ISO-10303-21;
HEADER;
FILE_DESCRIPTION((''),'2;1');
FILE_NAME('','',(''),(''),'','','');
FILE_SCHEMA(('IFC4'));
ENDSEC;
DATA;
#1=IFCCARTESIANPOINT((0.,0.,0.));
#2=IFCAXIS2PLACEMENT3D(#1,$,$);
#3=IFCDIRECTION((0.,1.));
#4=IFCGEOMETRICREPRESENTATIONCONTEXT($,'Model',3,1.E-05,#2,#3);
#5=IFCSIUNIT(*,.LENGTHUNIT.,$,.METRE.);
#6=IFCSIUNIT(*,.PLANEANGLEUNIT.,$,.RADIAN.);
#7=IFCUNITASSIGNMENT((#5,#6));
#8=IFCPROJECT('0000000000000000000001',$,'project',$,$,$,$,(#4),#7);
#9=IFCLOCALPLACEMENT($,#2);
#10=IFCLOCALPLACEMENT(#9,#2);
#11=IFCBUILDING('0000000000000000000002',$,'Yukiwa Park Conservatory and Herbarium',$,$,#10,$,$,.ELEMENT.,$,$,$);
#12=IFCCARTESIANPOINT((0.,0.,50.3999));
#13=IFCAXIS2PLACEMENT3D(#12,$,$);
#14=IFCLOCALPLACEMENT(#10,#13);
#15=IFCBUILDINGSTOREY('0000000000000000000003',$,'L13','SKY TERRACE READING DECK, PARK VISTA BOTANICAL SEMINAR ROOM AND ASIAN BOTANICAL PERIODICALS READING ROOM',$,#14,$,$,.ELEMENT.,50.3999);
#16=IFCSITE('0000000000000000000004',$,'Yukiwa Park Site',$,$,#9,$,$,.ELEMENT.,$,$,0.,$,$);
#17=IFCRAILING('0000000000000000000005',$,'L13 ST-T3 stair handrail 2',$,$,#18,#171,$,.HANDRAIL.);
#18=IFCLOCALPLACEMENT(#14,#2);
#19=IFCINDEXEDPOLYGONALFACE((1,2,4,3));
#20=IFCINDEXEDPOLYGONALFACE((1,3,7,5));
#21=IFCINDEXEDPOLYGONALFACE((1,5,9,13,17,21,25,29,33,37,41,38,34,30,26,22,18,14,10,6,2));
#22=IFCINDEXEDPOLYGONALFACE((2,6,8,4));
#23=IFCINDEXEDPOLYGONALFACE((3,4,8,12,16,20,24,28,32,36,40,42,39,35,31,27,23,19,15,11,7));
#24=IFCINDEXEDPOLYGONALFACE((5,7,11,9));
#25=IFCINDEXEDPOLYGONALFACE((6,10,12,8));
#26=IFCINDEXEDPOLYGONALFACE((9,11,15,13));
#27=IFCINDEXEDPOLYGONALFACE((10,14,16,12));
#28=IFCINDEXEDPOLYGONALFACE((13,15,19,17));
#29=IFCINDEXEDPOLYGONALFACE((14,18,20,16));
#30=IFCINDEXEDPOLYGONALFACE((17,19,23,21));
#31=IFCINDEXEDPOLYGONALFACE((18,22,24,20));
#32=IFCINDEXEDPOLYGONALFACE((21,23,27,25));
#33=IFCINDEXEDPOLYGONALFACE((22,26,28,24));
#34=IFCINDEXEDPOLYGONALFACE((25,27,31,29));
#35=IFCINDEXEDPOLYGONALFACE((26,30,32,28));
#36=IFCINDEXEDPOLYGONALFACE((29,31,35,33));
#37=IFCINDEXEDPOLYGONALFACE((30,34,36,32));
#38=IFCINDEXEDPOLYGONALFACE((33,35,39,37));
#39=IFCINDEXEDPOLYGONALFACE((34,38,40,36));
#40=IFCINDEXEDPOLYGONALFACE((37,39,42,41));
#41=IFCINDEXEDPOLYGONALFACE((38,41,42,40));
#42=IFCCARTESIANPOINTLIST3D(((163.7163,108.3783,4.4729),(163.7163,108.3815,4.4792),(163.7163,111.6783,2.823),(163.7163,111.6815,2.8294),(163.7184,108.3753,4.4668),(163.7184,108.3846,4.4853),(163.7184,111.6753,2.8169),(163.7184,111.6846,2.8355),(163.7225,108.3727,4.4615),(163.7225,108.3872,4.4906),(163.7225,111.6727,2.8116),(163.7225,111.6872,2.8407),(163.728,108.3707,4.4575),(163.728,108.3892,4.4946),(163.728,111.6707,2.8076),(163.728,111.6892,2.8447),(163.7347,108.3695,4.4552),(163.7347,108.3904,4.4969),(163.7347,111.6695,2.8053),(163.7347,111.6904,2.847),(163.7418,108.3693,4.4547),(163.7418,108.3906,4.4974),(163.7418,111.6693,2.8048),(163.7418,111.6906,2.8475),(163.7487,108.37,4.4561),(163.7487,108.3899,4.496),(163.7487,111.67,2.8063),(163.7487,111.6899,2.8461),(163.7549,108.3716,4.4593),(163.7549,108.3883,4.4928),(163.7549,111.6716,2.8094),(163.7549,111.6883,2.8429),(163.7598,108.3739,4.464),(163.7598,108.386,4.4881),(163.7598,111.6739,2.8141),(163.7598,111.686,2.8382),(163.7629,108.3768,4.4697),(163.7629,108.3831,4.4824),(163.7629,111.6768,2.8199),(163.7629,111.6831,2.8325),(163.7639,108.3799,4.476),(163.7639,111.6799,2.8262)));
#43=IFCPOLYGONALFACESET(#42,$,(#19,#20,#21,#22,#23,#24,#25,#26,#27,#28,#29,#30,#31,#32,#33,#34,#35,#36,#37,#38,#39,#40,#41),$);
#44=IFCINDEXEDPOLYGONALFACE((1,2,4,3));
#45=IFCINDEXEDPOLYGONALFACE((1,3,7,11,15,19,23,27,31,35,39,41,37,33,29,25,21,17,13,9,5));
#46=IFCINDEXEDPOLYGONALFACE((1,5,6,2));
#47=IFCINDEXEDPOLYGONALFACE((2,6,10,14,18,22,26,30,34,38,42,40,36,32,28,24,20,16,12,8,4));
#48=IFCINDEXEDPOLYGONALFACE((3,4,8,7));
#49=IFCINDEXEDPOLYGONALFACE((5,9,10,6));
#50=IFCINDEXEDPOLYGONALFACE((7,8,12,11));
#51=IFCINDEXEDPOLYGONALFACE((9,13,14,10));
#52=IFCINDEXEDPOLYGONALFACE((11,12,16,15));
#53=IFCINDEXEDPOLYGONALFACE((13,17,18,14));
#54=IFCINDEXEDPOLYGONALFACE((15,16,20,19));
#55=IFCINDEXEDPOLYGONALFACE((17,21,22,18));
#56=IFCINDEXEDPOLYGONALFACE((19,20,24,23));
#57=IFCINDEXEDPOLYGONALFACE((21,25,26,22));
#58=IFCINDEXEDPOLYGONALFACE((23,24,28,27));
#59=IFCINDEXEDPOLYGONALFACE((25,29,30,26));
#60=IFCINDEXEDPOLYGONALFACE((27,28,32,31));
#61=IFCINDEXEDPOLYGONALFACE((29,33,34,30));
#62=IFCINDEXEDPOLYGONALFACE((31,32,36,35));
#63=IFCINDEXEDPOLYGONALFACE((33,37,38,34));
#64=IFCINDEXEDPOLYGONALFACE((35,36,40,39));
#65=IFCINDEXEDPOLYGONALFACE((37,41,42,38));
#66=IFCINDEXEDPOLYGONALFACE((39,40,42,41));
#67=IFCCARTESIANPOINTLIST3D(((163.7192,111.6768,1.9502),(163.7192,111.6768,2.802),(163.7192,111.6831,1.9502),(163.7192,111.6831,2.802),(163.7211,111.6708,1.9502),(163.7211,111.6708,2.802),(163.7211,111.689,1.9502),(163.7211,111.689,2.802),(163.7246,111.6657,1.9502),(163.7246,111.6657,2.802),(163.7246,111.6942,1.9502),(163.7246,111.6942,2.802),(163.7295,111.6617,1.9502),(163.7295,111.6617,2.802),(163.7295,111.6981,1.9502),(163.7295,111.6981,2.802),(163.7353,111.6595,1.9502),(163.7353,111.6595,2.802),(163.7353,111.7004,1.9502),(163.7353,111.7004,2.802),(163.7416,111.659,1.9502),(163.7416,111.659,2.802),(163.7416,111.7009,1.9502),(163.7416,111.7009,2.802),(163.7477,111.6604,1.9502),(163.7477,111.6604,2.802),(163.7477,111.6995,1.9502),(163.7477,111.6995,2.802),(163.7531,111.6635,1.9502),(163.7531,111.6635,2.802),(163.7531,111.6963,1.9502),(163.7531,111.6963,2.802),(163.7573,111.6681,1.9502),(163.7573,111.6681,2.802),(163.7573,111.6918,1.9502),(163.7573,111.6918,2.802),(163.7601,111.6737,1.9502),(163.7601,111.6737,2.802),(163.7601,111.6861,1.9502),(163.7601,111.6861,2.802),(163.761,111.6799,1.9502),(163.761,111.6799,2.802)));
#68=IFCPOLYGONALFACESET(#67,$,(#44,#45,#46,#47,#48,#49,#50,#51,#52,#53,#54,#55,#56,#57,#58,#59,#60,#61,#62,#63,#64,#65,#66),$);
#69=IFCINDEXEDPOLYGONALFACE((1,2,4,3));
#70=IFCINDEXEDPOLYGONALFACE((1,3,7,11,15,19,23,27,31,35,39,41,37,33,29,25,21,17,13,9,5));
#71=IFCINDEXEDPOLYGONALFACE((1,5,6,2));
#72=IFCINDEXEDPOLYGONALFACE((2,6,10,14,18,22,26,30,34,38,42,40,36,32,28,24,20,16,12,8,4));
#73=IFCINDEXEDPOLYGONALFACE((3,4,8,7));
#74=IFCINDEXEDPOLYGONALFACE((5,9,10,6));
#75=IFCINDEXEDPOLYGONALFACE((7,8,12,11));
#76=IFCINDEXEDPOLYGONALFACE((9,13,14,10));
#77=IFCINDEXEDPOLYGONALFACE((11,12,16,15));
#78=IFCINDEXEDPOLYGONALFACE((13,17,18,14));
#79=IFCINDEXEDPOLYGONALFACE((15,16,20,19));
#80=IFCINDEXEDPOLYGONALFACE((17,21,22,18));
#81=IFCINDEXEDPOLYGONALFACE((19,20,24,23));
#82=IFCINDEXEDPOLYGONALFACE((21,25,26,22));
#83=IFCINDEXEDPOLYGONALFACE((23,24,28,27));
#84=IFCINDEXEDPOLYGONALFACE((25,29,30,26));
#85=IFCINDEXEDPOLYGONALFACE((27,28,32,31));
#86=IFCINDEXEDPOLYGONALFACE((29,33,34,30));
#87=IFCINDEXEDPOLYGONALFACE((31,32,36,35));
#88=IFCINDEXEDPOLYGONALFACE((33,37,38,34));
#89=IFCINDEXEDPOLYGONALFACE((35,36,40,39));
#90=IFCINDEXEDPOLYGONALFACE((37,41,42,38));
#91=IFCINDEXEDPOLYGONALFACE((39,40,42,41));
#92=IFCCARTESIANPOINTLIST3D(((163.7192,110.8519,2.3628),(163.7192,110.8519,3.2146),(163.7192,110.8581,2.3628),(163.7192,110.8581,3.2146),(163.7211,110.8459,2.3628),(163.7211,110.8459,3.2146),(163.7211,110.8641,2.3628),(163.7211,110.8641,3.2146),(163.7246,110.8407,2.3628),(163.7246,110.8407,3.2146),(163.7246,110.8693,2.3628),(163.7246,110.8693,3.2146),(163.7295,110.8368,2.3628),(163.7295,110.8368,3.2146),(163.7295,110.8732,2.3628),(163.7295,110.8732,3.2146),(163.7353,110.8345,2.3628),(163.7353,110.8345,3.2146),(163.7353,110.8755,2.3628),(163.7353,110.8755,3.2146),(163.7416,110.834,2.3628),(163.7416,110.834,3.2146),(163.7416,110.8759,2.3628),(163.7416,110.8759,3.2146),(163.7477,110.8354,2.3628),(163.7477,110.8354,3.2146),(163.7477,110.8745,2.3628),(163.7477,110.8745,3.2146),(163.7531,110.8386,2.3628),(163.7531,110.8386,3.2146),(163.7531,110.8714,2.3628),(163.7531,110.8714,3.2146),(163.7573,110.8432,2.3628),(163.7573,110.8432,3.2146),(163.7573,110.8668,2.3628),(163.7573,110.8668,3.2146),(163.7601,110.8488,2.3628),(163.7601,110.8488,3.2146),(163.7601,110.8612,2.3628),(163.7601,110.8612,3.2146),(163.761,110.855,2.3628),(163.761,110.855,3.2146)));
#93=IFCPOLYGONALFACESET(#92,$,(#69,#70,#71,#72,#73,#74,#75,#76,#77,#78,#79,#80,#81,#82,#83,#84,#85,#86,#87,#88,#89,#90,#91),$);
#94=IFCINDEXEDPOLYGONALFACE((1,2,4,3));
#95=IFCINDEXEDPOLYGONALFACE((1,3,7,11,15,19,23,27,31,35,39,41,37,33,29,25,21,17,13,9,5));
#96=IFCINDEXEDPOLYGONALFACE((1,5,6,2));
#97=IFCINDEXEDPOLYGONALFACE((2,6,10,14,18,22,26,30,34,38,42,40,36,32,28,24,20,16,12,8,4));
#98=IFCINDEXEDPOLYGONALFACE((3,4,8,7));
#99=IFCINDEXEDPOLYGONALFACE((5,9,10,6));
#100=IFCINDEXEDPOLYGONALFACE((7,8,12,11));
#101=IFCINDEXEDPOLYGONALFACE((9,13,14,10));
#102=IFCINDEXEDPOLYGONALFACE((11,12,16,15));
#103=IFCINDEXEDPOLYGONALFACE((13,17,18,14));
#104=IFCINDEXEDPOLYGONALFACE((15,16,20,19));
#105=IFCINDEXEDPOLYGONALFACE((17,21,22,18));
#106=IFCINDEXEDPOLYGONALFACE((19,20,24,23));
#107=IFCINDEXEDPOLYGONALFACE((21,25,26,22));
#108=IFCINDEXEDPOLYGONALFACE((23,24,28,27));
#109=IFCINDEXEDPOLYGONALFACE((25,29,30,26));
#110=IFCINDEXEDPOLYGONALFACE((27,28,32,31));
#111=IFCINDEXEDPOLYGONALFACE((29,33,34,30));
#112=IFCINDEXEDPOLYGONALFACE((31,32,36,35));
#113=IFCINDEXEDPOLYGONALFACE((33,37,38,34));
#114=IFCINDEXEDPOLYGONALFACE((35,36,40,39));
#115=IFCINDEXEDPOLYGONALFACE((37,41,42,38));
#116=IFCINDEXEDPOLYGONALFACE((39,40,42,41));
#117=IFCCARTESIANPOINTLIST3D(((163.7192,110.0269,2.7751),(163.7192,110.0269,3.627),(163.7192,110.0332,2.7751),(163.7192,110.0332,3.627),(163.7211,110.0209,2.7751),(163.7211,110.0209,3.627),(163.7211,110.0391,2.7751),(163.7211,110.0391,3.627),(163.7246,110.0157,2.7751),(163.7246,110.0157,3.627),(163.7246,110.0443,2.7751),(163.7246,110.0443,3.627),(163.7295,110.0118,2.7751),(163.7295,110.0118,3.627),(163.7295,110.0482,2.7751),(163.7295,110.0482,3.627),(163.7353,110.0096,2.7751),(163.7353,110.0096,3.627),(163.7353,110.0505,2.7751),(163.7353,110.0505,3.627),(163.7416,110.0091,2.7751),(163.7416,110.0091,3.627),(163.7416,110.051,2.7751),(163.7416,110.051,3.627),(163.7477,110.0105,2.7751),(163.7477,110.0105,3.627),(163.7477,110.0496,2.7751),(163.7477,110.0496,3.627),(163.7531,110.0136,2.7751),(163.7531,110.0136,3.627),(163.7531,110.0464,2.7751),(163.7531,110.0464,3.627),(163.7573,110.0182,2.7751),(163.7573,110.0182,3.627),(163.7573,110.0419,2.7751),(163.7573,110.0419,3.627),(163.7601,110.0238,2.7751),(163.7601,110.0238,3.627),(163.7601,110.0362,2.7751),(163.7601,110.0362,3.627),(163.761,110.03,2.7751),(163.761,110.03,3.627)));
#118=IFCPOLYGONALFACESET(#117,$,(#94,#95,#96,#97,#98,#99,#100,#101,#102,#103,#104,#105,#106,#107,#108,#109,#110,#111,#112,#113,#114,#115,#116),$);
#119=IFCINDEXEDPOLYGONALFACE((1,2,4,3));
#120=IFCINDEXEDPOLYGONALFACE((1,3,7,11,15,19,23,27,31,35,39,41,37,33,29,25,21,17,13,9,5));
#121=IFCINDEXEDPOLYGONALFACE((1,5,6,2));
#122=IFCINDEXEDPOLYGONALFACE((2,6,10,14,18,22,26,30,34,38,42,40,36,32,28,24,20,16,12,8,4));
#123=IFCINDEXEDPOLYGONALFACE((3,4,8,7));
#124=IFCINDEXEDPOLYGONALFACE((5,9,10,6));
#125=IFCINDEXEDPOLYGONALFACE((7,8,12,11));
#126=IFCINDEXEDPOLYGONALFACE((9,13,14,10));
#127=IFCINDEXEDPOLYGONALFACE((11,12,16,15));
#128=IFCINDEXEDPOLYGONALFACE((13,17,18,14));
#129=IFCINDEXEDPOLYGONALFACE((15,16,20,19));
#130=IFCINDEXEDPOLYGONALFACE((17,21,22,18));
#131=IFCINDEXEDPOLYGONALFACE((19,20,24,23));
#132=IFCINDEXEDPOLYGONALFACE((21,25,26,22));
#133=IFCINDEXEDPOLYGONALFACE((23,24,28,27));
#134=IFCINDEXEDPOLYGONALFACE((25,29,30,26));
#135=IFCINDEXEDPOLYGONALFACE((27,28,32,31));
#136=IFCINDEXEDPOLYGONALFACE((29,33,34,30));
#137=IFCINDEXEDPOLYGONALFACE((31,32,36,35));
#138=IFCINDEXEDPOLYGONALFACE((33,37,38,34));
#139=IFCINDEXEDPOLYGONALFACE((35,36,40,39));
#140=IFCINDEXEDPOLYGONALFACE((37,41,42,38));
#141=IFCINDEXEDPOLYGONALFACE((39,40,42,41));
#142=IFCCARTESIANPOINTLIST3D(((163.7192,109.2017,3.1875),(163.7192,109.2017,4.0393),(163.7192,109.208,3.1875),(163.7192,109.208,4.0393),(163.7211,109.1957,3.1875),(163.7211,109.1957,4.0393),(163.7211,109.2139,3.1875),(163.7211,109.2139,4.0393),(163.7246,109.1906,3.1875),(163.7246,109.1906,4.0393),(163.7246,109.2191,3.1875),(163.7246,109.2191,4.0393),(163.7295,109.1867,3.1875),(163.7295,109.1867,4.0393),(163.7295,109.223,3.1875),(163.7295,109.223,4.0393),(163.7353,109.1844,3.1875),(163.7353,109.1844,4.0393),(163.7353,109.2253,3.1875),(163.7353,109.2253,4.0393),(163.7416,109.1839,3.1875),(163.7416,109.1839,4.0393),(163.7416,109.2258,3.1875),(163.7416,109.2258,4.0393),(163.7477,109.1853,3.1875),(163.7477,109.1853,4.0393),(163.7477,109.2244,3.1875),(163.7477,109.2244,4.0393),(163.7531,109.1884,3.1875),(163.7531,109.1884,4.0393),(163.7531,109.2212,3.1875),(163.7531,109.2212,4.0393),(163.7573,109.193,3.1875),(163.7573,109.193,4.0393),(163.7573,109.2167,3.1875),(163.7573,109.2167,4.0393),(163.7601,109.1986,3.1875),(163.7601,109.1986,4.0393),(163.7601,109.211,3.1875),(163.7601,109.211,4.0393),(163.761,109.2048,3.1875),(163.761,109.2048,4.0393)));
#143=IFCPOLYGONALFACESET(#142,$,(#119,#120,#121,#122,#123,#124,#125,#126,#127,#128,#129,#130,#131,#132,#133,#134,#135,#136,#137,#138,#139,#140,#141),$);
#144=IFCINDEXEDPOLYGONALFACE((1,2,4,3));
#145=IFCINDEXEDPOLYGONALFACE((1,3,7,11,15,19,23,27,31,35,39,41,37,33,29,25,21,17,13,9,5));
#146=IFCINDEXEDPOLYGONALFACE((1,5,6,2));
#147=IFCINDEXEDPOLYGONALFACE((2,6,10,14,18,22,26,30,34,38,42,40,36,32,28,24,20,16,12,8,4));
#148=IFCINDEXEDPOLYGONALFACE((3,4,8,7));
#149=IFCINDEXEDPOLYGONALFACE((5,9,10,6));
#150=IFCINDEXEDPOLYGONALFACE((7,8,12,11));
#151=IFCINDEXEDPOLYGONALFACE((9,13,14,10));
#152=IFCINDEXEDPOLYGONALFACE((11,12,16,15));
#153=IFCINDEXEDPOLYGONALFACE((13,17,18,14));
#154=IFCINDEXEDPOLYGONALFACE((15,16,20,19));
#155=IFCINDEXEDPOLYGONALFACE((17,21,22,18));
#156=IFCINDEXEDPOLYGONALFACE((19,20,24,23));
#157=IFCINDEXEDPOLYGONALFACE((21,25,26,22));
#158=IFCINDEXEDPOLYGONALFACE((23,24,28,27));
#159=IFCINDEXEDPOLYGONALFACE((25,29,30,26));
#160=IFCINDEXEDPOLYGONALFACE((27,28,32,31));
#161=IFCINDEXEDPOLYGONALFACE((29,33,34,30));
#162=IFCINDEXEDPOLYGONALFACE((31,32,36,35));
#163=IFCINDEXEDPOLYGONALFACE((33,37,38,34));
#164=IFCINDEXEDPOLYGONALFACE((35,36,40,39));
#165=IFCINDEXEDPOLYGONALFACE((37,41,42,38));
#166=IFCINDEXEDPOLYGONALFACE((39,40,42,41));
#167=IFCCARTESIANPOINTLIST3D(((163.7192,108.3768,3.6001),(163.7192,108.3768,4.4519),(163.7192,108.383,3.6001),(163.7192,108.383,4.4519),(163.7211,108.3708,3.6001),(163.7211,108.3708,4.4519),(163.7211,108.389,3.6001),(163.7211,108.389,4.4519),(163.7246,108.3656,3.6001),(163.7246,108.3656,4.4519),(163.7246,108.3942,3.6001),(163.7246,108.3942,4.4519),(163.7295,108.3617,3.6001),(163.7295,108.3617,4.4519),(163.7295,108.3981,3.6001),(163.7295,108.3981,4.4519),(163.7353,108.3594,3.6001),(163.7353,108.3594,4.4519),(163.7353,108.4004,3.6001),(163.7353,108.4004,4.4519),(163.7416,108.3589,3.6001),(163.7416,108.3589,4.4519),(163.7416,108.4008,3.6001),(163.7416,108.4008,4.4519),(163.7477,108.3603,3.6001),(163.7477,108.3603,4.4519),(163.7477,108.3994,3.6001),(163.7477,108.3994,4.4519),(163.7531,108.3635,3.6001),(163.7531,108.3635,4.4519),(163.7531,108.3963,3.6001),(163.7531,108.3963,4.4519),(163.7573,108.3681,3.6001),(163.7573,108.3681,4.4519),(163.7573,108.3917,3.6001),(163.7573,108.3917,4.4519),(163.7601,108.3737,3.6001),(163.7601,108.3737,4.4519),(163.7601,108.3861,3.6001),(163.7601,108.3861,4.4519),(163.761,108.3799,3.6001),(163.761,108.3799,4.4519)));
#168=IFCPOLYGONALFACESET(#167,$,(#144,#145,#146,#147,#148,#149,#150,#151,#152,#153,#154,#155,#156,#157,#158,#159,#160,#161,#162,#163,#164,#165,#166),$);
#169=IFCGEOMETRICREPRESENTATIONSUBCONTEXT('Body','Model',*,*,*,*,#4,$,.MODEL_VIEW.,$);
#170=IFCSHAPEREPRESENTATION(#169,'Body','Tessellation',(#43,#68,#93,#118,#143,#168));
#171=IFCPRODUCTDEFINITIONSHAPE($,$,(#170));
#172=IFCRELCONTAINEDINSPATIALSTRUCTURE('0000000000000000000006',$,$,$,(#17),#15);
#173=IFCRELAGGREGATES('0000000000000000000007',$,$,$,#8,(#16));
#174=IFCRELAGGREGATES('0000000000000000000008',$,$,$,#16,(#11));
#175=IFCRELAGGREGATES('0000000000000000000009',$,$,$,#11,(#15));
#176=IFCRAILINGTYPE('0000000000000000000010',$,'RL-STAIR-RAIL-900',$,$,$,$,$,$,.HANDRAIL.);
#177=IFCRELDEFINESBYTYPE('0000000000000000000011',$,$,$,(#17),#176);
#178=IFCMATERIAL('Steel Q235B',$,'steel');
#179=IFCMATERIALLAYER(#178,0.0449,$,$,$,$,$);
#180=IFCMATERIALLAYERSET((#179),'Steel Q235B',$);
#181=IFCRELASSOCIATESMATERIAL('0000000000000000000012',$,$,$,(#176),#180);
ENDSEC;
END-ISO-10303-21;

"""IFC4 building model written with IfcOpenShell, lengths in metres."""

from ifc_helpers import new_model, si_unit, direction, frame, origin, origin_2d, place, context, subcontext, project, spatial, circle, extrude, material, layer, layer_set, type_object, element, save


model = new_model("IFC4")

# Units and contexts
model_context = context("Model", 3, precision=1e-05, world=origin(), true_north=direction((0.0, 1.0)))
body_context = subcontext(model_context, "Body", "Model", "MODEL_VIEW")
ifc_project = project(units=[si_unit("LENGTHUNIT", "METRE"), si_unit("PLANEANGLEUNIT", "RADIAN")], contexts=[model_context])

# Site, building, storey
site_placement = place(None, origin())
site = spatial("IfcSite", under=ifc_project, at=site_placement, Name="Yukiwa Park Site", CompositionType="ELEMENT", RefElevation=0.0)
building_placement = place(site_placement, origin())
building = spatial("IfcBuilding", under=site, at=building_placement, Name="Yukiwa Park Conservatory and Herbarium", CompositionType="ELEMENT")
storey_placement = place(building_placement, frame((0.0, 0.0, 50.3999)))
storey = spatial("IfcBuildingStorey", under=building, at=storey_placement, Name="L13", Description="SKY TERRACE READING DECK, PARK VISTA BOTANICAL SEMINAR ROOM AND ASIAN BOTANICAL PERIODICALS READING ROOM", CompositionType="ELEMENT", Elevation=50.3999)

# Railing
ifc_material_1 = material(Name="Steel Q235B", Category="steel")
ifc_layer_1 = layer(ifc_material_1, 0.0449)
ifc_layer_set_1 = layer_set([ifc_layer_1], Name="Steel Q235B")
railing_type_1 = type_object("IfcRailingType", Name="RL-STAIR-RAIL-900", PredefinedType="HANDRAIL", material=ifc_layer_set_1)
railing_1_placement = place(storey_placement, frame((163.74, 111.6799, 1.9502)))
element("IfcRailing", 1, at=railing_1_placement, inside=storey, type_object=railing_type_1, Name="L13 ST-T3 stair handrail 2", PredefinedType="HANDRAIL", context=body_context, shape_type="SweptSolid", body=[
    extrude(circle(Radius=0.0239, at=origin_2d()), frame((0.0, 0.0, 0.876), z_axis=(0.0, -0.89444, 0.447187), x_axis=(1.0, 0.0, 0.0)), (0.0, 0.0, 1.0), 3.6895),
    extrude(circle(Radius=0.021, at=origin_2d()), origin(), (0.0, 0.0, 1.0), 0.8518),
    extrude(circle(Radius=0.021, at=origin_2d()), frame((0.0, -0.825, 0.4126)), (0.0, 0.0, 1.0), 0.8518),
    extrude(circle(Radius=0.021, at=origin_2d()), frame((0.0, -1.6499, 0.825)), (0.0, 0.0, 1.0), 0.8518),
    extrude(circle(Radius=0.021, at=origin_2d()), frame((0.0, -2.4751, 1.2373)), (0.0, 0.0, 1.0), 0.8518),
    extrude(circle(Radius=0.021, at=origin_2d()), frame((0.0, -3.3, 1.6499)), (0.0, 0.0, 1.0), 0.8518),
])

save(model, "model.ifc")
